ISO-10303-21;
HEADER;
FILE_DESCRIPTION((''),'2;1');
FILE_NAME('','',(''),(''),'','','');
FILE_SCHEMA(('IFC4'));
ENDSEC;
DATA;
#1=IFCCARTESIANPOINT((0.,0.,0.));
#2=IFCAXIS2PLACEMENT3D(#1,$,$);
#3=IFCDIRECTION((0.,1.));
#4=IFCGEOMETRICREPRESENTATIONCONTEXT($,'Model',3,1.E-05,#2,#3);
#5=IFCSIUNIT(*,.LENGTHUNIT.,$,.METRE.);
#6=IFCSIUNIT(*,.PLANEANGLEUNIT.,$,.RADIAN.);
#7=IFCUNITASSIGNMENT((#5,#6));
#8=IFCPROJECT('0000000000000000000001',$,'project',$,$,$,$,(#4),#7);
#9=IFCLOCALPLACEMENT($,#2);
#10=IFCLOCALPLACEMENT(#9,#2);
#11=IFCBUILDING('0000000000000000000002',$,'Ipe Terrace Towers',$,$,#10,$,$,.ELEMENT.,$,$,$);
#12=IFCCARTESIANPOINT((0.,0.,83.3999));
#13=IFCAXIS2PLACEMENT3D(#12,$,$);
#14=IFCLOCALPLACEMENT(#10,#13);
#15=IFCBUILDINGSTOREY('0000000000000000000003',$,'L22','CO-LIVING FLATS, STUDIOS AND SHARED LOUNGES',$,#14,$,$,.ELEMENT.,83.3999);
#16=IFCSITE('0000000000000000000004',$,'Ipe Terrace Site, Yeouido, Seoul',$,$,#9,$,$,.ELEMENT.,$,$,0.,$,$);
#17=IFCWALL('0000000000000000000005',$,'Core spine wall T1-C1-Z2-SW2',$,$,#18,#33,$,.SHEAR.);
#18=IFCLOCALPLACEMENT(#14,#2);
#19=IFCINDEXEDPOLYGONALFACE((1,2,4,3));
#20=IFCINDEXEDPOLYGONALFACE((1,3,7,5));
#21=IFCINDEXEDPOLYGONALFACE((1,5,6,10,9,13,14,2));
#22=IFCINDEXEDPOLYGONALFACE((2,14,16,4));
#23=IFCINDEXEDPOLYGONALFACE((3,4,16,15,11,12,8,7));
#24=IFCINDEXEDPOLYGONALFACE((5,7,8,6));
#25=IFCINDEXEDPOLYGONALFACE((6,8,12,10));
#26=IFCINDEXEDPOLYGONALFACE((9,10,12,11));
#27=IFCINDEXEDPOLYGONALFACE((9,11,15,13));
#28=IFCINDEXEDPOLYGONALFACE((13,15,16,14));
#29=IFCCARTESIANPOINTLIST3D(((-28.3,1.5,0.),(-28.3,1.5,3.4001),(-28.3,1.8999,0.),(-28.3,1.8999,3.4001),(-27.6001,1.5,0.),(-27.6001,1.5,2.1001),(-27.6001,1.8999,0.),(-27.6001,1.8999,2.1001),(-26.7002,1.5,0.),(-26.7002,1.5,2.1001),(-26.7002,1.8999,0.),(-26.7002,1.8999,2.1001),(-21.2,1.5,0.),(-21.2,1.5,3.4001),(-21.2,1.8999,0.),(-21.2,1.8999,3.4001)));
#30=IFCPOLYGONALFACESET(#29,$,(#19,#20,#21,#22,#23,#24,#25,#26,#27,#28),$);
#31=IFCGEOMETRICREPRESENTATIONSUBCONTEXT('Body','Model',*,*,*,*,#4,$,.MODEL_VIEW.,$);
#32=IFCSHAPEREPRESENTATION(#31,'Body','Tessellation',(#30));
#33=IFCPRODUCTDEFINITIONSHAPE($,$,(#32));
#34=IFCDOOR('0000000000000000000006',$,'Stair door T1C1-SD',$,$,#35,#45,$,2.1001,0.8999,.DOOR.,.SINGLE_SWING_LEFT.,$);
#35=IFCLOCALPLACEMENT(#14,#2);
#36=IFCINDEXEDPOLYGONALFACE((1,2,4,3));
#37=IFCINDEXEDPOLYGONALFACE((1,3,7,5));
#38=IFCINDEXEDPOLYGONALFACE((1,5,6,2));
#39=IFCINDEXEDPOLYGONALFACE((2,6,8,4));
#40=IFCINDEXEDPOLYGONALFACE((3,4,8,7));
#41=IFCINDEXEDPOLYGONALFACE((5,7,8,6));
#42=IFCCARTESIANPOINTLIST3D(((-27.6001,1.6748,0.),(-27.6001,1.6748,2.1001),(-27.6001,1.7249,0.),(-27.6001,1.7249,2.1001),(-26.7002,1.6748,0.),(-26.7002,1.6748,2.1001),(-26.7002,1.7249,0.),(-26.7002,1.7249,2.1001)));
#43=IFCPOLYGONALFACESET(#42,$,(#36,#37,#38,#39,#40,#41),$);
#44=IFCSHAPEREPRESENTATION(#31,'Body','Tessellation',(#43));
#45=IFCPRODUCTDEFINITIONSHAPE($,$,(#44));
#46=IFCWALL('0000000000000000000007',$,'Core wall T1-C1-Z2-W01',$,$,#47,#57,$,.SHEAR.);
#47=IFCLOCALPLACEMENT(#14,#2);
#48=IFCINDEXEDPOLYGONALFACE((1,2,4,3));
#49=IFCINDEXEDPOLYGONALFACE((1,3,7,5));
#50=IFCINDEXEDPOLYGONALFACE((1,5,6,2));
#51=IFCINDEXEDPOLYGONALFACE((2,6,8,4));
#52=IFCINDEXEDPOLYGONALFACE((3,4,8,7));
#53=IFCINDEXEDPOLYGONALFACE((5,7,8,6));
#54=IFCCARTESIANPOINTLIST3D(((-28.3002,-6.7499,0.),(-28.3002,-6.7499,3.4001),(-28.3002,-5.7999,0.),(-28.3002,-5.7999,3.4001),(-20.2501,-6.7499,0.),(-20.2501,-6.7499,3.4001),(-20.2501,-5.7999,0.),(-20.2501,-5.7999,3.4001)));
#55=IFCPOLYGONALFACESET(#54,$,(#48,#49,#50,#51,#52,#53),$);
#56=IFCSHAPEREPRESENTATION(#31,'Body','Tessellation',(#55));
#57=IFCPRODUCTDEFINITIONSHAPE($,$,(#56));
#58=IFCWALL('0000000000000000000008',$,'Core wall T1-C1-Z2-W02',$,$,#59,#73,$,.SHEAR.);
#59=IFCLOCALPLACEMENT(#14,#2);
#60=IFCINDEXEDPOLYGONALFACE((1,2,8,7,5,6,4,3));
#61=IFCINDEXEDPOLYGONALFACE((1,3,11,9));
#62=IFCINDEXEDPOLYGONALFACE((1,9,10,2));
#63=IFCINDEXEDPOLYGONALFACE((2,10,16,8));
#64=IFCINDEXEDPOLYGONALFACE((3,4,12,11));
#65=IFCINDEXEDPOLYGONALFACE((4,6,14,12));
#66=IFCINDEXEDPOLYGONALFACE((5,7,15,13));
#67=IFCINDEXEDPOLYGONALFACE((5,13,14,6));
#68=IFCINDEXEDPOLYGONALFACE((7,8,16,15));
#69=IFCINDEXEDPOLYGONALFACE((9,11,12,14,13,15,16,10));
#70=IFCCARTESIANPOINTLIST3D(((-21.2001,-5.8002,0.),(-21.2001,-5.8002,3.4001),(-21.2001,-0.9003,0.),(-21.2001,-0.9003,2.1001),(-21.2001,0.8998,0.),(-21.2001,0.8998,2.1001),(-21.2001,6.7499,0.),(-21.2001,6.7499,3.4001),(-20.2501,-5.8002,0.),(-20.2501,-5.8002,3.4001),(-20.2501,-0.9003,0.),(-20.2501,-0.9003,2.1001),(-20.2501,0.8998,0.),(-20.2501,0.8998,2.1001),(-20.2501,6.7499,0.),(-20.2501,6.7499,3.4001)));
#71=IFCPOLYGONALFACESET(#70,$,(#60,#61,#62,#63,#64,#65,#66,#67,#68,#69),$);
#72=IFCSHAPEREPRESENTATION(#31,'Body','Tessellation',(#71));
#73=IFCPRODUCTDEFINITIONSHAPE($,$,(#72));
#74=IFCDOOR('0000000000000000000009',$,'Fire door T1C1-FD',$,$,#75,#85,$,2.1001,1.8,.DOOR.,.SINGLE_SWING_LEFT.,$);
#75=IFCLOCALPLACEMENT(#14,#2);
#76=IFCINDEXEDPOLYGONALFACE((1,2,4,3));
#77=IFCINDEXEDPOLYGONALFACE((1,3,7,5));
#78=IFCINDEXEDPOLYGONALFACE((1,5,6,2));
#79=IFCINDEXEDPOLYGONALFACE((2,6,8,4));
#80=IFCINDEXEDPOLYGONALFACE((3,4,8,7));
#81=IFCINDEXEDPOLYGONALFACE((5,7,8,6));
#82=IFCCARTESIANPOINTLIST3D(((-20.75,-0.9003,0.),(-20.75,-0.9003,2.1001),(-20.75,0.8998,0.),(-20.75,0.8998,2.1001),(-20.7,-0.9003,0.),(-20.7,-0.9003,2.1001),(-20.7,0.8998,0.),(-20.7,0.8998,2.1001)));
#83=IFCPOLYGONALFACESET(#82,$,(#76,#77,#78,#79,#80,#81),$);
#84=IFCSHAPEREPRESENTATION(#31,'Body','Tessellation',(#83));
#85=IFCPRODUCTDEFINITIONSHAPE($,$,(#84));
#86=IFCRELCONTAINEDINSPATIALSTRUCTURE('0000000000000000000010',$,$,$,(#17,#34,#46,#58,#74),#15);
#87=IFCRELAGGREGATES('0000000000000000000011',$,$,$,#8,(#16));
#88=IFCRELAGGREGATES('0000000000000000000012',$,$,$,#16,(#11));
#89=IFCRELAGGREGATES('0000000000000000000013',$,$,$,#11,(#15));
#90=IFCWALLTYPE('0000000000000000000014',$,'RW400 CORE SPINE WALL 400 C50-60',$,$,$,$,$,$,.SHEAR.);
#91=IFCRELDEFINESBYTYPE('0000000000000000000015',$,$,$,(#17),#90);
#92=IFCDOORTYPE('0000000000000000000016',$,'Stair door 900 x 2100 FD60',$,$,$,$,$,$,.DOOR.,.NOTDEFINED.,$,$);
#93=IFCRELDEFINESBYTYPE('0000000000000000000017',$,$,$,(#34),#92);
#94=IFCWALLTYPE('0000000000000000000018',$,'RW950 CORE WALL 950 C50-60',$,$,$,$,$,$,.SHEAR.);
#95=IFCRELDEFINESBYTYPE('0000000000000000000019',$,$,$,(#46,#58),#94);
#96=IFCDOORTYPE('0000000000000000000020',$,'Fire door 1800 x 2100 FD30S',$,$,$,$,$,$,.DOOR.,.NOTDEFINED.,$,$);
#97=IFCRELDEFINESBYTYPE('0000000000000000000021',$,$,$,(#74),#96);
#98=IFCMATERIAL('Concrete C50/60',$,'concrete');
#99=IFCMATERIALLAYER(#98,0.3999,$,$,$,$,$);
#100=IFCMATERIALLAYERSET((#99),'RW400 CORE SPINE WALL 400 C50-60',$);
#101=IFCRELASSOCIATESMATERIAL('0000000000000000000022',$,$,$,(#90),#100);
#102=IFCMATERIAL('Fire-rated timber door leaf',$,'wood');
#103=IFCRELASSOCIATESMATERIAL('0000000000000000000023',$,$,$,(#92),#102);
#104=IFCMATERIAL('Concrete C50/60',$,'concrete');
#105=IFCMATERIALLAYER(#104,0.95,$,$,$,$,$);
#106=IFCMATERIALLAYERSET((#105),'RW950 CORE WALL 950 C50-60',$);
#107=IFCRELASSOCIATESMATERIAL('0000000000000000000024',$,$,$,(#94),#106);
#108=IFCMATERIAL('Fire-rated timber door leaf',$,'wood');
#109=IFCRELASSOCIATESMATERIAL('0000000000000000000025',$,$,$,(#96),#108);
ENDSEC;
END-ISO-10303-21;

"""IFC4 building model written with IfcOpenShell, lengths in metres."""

from ifc_helpers import new_model, si_unit, direction, frame, frame_2d, origin, place, context, subcontext, project, spatial, rectangle, extrude, material, layer, layer_set, type_object, element, fill, save


model = new_model("IFC4")

# Units and contexts
model_context = context("Model", 3, precision=1e-05, world=origin(), true_north=direction((0.0, 1.0)))
body_context = subcontext(model_context, "Body", "Model", "MODEL_VIEW")
ifc_project = project(units=[si_unit("LENGTHUNIT", "METRE"), si_unit("PLANEANGLEUNIT", "RADIAN")], contexts=[model_context])

# Site, building, storey
site_placement = place(None, origin())
site = spatial("IfcSite", under=ifc_project, at=site_placement, Name="Ipe Terrace Site, Yeouido, Seoul", CompositionType="ELEMENT", RefElevation=0.0)
building_placement = place(site_placement, origin())
building = spatial("IfcBuilding", under=site, at=building_placement, Name="Ipe Terrace Towers", CompositionType="ELEMENT")
storey_placement = place(building_placement, frame((0.0, 0.0, 83.3999)))
storey = spatial("IfcBuildingStorey", under=building, at=storey_placement, Name="L22", Description="CO-LIVING FLATS, STUDIOS AND SHARED LOUNGES", CompositionType="ELEMENT", Elevation=83.3999)

# Shared definitions
ifc_material_1 = material(Name="Concrete C50/60", Category="concrete")
ifc_layer_1 = layer(ifc_material_1, 0.3999)
ifc_layer_set_1 = layer_set([ifc_layer_1], Name="RW400 CORE SPINE WALL 400 C50-60")
wall_type_1 = type_object("IfcWallType", Name="RW400 CORE SPINE WALL 400 C50-60", PredefinedType="SHEAR", material=ifc_layer_set_1)

# Wall, opening, door
wall_1_placement = place(storey_placement, frame((-28.3, 1.7, 0.0), z_axis=(0.0, 0.0, 1.0), x_axis=(1.0, 0.0, 0.0)))
wall_1 = element("IfcWall", 1, at=wall_1_placement, inside=storey, type_object=wall_type_1, Name="Core spine wall T1-C1-Z2-SW2", PredefinedType="SHEAR", context=body_context, shape_type="SweptSolid", body=[
    extrude(rectangle(XDim=7.1001, YDim=0.3999, at=frame_2d((3.55, 0.0))), origin(), (0.0, 0.0, 1.0), 3.4001),
])
opening_1_placement = place(wall_1_placement, frame((0.7, 0.0, 0.0)))
opening_1 = element("IfcOpeningElement", 2, at=opening_1_placement, cuts=wall_1, PredefinedType="OPENING", context=body_context, shape_type="SweptSolid", body=[
    extrude(rectangle(XDim=0.8999, YDim=2.1001, at=frame_2d((0.45, 1.05))), frame((0.0, 0.21, 0.0), z_axis=(0.0, -1.0, 0.0), x_axis=(1.0, 0.0, 0.0)), (0.0, 0.0, 1.0), 0.4199),
])
ifc_material_2 = material(Name="Fire-rated timber door leaf", Category="wood")
door_type_1 = type_object("IfcDoorType", Name="Stair door 900 x 2100 FD60", OperationType="NOTDEFINED", PredefinedType="DOOR", material=ifc_material_2)
door_1_placement = place(opening_1_placement, origin())
door_1 = element("IfcDoor", 3, at=door_1_placement, inside=storey, type_object=door_type_1, Name="Stair door T1C1-SD", OperationType="SINGLE_SWING_LEFT", OverallHeight=2.1001, OverallWidth=0.8999, PredefinedType="DOOR", context=body_context, shape_type="SweptSolid", body=[
    extrude(rectangle(XDim=0.8999, YDim=2.1001, at=frame_2d((0.45, 1.05))), frame((0.0, 0.0249, 0.0), z_axis=(0.0, -1.0, 0.0), x_axis=(1.0, 0.0, 0.0)), (0.0, 0.0, 1.0), 0.05),
])
fill(opening_1, door_1)

# Wall
ifc_material_3 = material(Name="Concrete C50/60", Category="concrete")
ifc_layer_2 = layer(ifc_material_3, 0.95)
ifc_layer_set_2 = layer_set([ifc_layer_2], Name="RW950 CORE WALL 950 C50-60")
wall_type_2 = type_object("IfcWallType", Name="RW950 CORE WALL 950 C50-60", PredefinedType="SHEAR", material=ifc_layer_set_2)
wall_2_placement = place(storey_placement, frame((-28.3, -6.2749, 0.0), z_axis=(0.0, 0.0, 1.0), x_axis=(1.0, 0.0, 0.0)))
element("IfcWall", 4, at=wall_2_placement, inside=storey, type_object=wall_type_2, Name="Core wall T1-C1-Z2-W01", PredefinedType="SHEAR", context=body_context, shape_type="SweptSolid", body=[
    extrude(rectangle(XDim=8.05, YDim=0.95, at=frame_2d((4.0249, 0.0))), origin(), (0.0, 0.0, 1.0), 3.4001),
])

# Wall, opening, door
wall_3_placement = place(storey_placement, frame((-20.7251, -5.8, 0.0), z_axis=(0.0, 0.0, 1.0), x_axis=(0.0, 1.0, 0.0)))
wall_3 = element("IfcWall", 5, at=wall_3_placement, inside=storey, type_object=wall_type_2, Name="Core wall T1-C1-Z2-W02", PredefinedType="SHEAR", context=body_context, shape_type="SweptSolid", body=[
    extrude(rectangle(XDim=12.55, YDim=0.95, at=frame_2d((6.2749, 0.0))), origin(), (0.0, 0.0, 1.0), 3.4001),
])
opening_2_placement = place(wall_3_placement, frame((4.8999, 0.0, 0.0)))
opening_2 = element("IfcOpeningElement", 6, at=opening_2_placement, cuts=wall_3, PredefinedType="OPENING", context=body_context, shape_type="SweptSolid", body=[
    extrude(rectangle(XDim=1.8, YDim=2.1001, at=frame_2d((0.8999, 1.05))), frame((0.0, 0.4849, 0.0), z_axis=(0.0, -1.0, 0.0), x_axis=(1.0, 0.0, 0.0)), (0.0, 0.0, 1.0), 0.97),
])
ifc_material_4 = material(Name="Fire-rated timber door leaf", Category="wood")
door_type_2 = type_object("IfcDoorType", Name="Fire door 1800 x 2100 FD30S", OperationType="NOTDEFINED", PredefinedType="DOOR", material=ifc_material_4)
door_2_placement = place(opening_2_placement, origin())
door_2 = element("IfcDoor", 7, at=door_2_placement, inside=storey, type_object=door_type_2, Name="Fire door T1C1-FD", OperationType="SINGLE_SWING_LEFT", OverallHeight=2.1001, OverallWidth=1.8, PredefinedType="DOOR", context=body_context, shape_type="SweptSolid", body=[
    extrude(rectangle(XDim=1.8, YDim=2.1001, at=frame_2d((0.8999, 1.05))), frame((0.0, 0.0249, 0.0), z_axis=(0.0, -1.0, 0.0), x_axis=(1.0, 0.0, 0.0)), (0.0, 0.0, 1.0), 0.05),
])
fill(opening_2, door_2)

save(model, "model.ifc")
